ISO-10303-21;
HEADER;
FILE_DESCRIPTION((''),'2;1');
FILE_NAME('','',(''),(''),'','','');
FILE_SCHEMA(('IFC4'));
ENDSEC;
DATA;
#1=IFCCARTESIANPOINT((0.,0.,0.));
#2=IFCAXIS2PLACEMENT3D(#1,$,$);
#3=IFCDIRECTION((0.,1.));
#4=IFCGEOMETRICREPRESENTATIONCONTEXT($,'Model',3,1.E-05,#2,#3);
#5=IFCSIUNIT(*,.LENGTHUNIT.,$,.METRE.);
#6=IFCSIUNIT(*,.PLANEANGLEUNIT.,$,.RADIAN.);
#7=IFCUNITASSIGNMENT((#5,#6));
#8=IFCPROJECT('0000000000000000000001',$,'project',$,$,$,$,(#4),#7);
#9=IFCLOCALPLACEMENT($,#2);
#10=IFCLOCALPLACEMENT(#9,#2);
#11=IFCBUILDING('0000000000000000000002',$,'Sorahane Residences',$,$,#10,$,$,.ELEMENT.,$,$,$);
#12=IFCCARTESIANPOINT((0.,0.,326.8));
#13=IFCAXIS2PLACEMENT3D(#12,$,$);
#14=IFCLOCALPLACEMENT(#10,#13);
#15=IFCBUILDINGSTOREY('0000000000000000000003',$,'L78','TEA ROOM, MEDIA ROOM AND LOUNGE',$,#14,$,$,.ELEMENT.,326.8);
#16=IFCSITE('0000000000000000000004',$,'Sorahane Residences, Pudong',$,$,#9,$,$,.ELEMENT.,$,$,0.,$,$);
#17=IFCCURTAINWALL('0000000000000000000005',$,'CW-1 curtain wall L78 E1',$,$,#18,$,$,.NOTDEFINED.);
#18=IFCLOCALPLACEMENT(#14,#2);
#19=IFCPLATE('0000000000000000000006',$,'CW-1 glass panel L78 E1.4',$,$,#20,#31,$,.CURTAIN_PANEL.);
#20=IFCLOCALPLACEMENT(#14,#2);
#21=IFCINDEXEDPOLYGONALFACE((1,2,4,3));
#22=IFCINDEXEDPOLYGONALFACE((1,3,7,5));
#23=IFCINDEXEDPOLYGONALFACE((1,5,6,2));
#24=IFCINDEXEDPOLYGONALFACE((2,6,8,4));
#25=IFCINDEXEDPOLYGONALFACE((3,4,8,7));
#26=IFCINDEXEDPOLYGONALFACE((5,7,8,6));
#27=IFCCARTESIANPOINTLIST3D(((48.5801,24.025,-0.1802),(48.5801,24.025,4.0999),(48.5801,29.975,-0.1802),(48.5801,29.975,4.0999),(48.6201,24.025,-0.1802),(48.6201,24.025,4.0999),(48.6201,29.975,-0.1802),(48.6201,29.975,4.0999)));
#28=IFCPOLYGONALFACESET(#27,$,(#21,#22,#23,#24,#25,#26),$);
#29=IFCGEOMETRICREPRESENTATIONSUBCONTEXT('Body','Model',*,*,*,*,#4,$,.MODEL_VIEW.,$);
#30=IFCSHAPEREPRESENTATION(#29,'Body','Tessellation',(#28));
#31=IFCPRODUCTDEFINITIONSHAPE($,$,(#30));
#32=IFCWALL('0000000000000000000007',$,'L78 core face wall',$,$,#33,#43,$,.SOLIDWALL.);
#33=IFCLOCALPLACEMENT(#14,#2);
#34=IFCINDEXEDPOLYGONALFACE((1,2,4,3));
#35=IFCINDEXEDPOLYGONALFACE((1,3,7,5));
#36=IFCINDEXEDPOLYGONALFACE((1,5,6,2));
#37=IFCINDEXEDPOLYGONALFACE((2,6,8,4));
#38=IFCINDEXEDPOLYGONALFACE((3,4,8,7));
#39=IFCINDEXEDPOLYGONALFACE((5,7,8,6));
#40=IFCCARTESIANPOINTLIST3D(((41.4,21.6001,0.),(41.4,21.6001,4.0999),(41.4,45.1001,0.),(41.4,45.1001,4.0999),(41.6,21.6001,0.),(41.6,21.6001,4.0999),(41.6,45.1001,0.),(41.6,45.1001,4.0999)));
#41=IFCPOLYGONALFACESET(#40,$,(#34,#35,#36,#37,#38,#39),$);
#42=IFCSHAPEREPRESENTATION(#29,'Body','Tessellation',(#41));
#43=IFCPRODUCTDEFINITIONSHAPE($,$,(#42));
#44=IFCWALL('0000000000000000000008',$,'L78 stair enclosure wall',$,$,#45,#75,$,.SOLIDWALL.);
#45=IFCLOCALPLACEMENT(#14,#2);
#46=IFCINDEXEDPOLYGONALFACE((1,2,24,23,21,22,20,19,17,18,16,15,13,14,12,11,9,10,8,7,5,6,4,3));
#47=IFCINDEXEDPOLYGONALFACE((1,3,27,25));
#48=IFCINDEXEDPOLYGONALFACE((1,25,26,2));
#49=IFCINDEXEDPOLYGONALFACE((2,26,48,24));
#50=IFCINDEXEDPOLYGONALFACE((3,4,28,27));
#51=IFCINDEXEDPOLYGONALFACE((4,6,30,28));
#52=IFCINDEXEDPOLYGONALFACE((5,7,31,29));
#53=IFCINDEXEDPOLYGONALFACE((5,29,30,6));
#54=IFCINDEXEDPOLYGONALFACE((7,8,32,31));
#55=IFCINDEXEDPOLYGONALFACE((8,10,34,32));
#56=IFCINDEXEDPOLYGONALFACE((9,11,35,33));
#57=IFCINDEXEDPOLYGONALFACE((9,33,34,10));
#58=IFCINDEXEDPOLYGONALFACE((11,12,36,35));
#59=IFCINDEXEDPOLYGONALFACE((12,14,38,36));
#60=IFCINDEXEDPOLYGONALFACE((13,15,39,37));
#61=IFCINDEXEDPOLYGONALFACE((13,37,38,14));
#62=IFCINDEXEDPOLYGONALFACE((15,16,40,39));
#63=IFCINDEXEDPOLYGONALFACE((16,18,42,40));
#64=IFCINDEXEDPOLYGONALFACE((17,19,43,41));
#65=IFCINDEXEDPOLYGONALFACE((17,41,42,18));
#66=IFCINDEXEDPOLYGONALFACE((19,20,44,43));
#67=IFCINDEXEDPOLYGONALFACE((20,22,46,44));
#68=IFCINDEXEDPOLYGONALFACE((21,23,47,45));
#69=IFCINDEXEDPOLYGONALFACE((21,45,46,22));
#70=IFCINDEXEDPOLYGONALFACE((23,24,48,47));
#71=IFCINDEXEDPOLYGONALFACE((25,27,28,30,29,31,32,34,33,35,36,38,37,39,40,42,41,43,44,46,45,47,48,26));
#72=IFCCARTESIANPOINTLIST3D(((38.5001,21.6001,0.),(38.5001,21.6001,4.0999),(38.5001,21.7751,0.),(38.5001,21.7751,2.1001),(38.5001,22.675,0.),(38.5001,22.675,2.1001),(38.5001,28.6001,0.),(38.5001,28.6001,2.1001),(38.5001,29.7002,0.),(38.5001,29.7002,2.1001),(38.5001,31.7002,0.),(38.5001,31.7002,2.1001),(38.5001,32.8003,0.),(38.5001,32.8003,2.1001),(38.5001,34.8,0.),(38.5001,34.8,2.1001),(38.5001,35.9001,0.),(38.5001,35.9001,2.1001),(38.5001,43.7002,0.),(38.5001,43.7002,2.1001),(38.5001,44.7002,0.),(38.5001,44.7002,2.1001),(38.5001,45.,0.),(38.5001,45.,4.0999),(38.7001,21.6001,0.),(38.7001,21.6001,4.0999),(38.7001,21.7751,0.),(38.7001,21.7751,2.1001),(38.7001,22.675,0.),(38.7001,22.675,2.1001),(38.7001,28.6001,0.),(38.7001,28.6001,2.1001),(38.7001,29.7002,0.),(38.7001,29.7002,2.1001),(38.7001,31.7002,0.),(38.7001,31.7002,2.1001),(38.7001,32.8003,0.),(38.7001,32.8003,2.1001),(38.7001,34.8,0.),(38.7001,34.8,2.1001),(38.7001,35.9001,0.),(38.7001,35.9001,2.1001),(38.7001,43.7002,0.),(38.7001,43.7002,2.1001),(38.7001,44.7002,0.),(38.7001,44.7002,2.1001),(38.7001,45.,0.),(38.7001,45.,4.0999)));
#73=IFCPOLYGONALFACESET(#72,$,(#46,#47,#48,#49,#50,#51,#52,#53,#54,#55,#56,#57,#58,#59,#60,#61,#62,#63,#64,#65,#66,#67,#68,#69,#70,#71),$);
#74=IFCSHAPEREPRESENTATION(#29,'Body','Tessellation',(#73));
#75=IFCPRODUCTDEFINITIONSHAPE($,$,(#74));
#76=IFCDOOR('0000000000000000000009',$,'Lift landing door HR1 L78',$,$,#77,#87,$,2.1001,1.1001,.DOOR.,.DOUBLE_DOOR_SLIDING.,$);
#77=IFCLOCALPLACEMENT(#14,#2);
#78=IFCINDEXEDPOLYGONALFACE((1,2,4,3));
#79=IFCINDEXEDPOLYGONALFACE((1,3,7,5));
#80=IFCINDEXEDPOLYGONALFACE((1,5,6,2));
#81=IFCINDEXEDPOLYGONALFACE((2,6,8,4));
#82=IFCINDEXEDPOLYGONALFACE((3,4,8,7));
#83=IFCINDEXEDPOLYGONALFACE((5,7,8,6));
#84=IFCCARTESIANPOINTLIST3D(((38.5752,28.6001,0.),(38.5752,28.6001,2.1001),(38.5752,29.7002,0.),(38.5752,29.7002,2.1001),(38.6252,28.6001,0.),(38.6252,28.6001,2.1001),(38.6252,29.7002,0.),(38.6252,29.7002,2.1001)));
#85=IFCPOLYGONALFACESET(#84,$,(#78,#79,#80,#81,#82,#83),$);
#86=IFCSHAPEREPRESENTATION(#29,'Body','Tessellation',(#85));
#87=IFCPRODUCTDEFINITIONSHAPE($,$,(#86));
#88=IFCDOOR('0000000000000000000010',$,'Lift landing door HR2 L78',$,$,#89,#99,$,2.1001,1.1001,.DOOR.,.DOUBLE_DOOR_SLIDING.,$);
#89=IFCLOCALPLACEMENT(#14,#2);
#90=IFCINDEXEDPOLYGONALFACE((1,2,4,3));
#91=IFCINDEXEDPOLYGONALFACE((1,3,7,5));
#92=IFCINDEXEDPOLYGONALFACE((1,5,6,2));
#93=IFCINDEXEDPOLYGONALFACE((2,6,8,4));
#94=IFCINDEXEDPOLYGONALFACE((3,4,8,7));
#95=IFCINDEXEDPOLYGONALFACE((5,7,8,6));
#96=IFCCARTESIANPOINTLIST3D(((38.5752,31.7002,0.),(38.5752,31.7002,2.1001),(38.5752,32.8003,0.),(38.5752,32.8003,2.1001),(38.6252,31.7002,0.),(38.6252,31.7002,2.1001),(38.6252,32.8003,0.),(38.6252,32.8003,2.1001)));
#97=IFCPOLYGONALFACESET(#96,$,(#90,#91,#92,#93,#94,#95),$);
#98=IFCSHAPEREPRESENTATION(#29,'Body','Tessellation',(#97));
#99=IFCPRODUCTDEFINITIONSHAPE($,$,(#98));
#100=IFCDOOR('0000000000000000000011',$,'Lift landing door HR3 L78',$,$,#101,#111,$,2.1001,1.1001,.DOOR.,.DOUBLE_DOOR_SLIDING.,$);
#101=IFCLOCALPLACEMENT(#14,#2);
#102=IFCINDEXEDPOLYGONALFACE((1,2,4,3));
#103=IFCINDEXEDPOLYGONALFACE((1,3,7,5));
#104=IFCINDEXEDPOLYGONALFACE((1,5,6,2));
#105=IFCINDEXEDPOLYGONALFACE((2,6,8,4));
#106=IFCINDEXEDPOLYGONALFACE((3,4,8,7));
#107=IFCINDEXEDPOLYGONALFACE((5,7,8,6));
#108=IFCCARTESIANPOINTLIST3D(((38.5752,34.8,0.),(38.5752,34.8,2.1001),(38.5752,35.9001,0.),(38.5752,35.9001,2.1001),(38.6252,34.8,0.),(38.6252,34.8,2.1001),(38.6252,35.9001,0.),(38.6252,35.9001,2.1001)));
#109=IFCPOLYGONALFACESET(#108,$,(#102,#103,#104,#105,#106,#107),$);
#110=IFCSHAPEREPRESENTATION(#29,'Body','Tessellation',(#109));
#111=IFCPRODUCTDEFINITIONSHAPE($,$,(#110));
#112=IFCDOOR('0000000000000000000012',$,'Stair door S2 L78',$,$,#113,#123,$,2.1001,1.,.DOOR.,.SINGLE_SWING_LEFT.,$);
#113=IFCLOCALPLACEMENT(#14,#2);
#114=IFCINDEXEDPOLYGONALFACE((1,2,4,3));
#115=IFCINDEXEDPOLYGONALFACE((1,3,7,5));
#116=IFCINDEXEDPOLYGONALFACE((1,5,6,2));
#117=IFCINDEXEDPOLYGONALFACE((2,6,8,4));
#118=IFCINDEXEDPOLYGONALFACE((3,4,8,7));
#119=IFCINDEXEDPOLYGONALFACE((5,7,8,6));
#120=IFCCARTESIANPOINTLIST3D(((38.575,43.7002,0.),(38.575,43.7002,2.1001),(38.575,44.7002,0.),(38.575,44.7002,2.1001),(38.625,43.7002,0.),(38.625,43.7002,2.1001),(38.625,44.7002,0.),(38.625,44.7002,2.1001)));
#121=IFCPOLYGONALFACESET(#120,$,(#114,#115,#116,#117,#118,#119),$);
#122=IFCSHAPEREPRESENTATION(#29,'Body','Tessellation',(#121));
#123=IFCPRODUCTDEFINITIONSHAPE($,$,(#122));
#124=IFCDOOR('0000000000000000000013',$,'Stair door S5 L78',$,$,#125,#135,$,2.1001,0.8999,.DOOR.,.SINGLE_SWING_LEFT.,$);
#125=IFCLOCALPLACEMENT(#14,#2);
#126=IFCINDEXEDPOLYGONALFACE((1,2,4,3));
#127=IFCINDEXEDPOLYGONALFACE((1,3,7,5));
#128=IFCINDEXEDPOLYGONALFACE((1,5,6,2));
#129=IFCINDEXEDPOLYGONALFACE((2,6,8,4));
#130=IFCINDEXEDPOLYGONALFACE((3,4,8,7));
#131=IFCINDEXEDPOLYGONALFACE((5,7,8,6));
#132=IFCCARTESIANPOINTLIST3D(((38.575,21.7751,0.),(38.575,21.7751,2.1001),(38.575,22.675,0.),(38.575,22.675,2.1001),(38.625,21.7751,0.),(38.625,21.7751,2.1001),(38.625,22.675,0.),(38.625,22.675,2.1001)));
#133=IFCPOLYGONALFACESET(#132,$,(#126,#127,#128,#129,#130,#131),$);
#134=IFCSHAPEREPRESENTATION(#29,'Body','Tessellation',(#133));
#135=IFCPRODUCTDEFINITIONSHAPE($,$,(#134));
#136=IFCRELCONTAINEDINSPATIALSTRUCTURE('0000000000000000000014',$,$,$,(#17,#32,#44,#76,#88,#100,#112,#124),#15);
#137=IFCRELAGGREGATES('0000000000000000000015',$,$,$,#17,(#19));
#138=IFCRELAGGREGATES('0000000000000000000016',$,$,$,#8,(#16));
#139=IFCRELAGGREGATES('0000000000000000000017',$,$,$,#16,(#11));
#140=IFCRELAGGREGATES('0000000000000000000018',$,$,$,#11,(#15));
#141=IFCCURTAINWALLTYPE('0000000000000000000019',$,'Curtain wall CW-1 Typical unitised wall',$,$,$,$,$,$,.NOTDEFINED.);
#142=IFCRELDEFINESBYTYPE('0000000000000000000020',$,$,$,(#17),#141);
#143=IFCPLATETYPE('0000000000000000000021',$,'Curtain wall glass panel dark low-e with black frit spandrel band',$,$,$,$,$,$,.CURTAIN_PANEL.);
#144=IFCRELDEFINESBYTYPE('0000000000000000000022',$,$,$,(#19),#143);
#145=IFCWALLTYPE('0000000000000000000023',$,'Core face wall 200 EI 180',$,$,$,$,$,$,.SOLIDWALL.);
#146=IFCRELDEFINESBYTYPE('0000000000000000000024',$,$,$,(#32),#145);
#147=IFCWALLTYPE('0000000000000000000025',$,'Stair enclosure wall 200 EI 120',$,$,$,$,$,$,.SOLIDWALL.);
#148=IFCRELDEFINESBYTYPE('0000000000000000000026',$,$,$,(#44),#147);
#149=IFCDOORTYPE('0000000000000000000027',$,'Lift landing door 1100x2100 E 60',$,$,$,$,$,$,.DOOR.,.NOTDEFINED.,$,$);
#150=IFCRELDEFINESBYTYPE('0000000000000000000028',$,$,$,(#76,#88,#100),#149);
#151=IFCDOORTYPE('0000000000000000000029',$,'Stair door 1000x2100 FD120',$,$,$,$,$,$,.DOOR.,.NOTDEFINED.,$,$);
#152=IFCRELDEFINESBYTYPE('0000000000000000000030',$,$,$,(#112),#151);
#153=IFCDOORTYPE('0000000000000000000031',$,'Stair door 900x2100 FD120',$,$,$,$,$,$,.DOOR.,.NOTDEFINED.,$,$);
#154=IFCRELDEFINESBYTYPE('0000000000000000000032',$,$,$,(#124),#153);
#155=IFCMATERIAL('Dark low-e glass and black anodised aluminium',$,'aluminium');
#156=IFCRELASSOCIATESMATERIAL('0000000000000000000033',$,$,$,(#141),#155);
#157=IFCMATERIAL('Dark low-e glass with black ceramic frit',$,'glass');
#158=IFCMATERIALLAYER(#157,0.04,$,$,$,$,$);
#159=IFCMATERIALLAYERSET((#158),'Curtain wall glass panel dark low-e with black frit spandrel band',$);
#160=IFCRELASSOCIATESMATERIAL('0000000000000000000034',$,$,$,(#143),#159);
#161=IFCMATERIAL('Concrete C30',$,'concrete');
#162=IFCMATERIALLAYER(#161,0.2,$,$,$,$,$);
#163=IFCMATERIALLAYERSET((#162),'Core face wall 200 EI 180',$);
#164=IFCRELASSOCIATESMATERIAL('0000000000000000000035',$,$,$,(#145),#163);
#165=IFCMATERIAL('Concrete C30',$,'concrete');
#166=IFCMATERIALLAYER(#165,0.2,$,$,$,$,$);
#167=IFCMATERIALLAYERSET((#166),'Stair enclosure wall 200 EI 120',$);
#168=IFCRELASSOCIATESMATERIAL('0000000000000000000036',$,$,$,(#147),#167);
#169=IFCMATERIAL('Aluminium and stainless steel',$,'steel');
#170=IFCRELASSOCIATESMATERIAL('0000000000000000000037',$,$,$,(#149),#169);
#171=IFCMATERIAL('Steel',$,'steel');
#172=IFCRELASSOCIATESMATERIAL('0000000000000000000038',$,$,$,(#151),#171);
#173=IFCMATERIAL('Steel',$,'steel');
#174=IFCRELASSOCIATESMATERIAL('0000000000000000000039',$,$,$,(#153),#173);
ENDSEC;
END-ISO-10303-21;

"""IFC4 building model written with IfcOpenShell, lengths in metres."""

from ifc_helpers import new_model, si_unit, direction, frame, frame_2d, origin, origin_2d, place, context, subcontext, project, spatial, rectangle, extrude, material, layer, layer_set, type_object, element, fill, aggregate, save


model = new_model("IFC4")

# Units and contexts
model_context = context("Model", 3, precision=1e-05, world=origin(), true_north=direction((0.0, 1.0)))
body_context = subcontext(model_context, "Body", "Model", "MODEL_VIEW")
ifc_project = project(units=[si_unit("LENGTHUNIT", "METRE"), si_unit("PLANEANGLEUNIT", "RADIAN")], contexts=[model_context])

# Site, building, storey
site_placement = place(None, origin())
site = spatial("IfcSite", under=ifc_project, at=site_placement, Name="Sorahane Residences, Pudong", CompositionType="ELEMENT", RefElevation=0.0)
building_placement = place(site_placement, origin())
building = spatial("IfcBuilding", under=site, at=building_placement, Name="Sorahane Residences", CompositionType="ELEMENT")
storey_placement = place(building_placement, frame((0.0, 0.0, 326.8)))
storey = spatial("IfcBuildingStorey", under=building, at=storey_placement, Name="L78", Description="TEA ROOM, MEDIA ROOM AND LOUNGE", CompositionType="ELEMENT", Elevation=326.8)

# Curtain wall
ifc_material_1 = material(Name="Dark low-e glass and black anodised aluminium", Category="aluminium")
curtain_wall_type = type_object("IfcCurtainWallType", Name="Curtain wall CW-1 Typical unitised wall", PredefinedType="NOTDEFINED", material=ifc_material_1)
curtain_wall_placement = place(storey_placement, origin())
curtain_wall = element("IfcCurtainWall", 1, at=curtain_wall_placement, inside=storey, type_object=curtain_wall_type, Name="CW-1 curtain wall L78 E1", PredefinedType="NOTDEFINED")

# Plate
ifc_material_2 = material(Name="Dark low-e glass with black ceramic frit", Category="glass")
ifc_layer_1 = layer(ifc_material_2, 0.04)
ifc_layer_set_1 = layer_set([ifc_layer_1], Name="Curtain wall glass panel dark low-e with black frit spandrel band")
plate_type = type_object("IfcPlateType", Name="Curtain wall glass panel dark low-e with black frit spandrel band", PredefinedType="CURTAIN_PANEL", material=ifc_layer_set_1)
plate_placement = place(storey_placement, frame((48.6001, 27.0, -0.1802), z_axis=(0.0, 0.0, 1.0), x_axis=(0.0, 1.0, 0.0)))
plate = element("IfcPlate", 2, at=plate_placement, type_object=plate_type, Name="CW-1 glass panel L78 E1.4", PredefinedType="CURTAIN_PANEL", context=body_context, shape_type="SweptSolid", body=[
    extrude(rectangle(XDim=5.95, YDim=0.04, at=origin_2d()), origin(), (0.0, 0.0, 1.0), 4.28),
])
aggregate(curtain_wall, [plate])

# Wall
ifc_material_3 = material(Name="Concrete C30", Category="concrete")
ifc_layer_2 = layer(ifc_material_3, 0.2)
ifc_layer_set_2 = layer_set([ifc_layer_2], Name="Core face wall 200 EI 180")
wall_type_1 = type_object("IfcWallType", Name="Core face wall 200 EI 180", PredefinedType="SOLIDWALL", material=ifc_layer_set_2)
wall_1_placement = place(storey_placement, frame((41.5, 21.6001, 0.0), z_axis=(0.0, 0.0, 1.0), x_axis=(0.0, 1.0, 0.0)))
element("IfcWall", 3, at=wall_1_placement, inside=storey, type_object=wall_type_1, Name="L78 core face wall", PredefinedType="SOLIDWALL", context=body_context, shape_type="SweptSolid", body=[
    extrude(rectangle(XDim=23.5, YDim=0.2, at=frame_2d((11.75, 0.0))), origin(), (0.0, 0.0, 1.0), 4.0999),
])

# Wall, openings, doors
ifc_material_4 = material(Name="Concrete C30", Category="concrete")
ifc_layer_3 = layer(ifc_material_4, 0.2)
ifc_layer_set_3 = layer_set([ifc_layer_3], Name="Stair enclosure wall 200 EI 120")
wall_type_2 = type_object("IfcWallType", Name="Stair enclosure wall 200 EI 120", PredefinedType="SOLIDWALL", material=ifc_layer_set_3)
wall_2_placement = place(storey_placement, frame((38.6001, 21.6001, 0.0), z_axis=(0.0, 0.0, 1.0), x_axis=(0.0, 1.0, 0.0)))
wall_2 = element("IfcWall", 4, at=wall_2_placement, inside=storey, type_object=wall_type_2, Name="L78 stair enclosure wall", PredefinedType="SOLIDWALL", context=body_context, shape_type="SweptSolid", body=[
    extrude(rectangle(XDim=23.3999, YDim=0.2, at=frame_2d((11.7, 0.0))), origin(), (0.0, 0.0, 1.0), 4.0999),
])
opening_1_placement = place(wall_2_placement, frame((7.0, 0.0, 0.0)))
opening_1 = element("IfcOpeningElement", 5, at=opening_1_placement, cuts=wall_2, PredefinedType="OPENING", context=body_context, shape_type="SweptSolid", body=[
    extrude(rectangle(XDim=1.1001, YDim=2.1001, at=frame_2d((0.55, 1.05))), frame((0.0, 0.1099, 0.0), z_axis=(0.0, -1.0, 0.0), x_axis=(1.0, 0.0, 0.0)), (0.0, 0.0, 1.0), 0.22),
])
opening_2_placement = place(wall_2_placement, frame((10.1001, 0.0, 0.0)))
opening_2 = element("IfcOpeningElement", 6, at=opening_2_placement, cuts=wall_2, PredefinedType="OPENING", context=body_context, shape_type="SweptSolid", body=[
    extrude(rectangle(XDim=1.1001, YDim=2.1001, at=frame_2d((0.55, 1.05))), frame((0.0, 0.1099, 0.0), z_axis=(0.0, -1.0, 0.0), x_axis=(1.0, 0.0, 0.0)), (0.0, 0.0, 1.0), 0.22),
])
opening_3_placement = place(wall_2_placement, frame((13.2, 0.0, 0.0)))
opening_3 = element("IfcOpeningElement", 7, at=opening_3_placement, cuts=wall_2, PredefinedType="OPENING", context=body_context, shape_type="SweptSolid", body=[
    extrude(rectangle(XDim=1.1001, YDim=2.1001, at=frame_2d((0.55, 1.05))), frame((0.0, 0.1099, 0.0), z_axis=(0.0, -1.0, 0.0), x_axis=(1.0, 0.0, 0.0)), (0.0, 0.0, 1.0), 0.22),
])
opening_4_placement = place(wall_2_placement, frame((22.1001, 0.0, 0.0)))
opening_4 = element("IfcOpeningElement", 8, at=opening_4_placement, cuts=wall_2, PredefinedType="OPENING", context=body_context, shape_type="SweptSolid", body=[
    extrude(rectangle(XDim=1.0, YDim=2.1001, at=frame_2d((0.5, 1.05))), frame((0.0, 0.1099, 0.0), z_axis=(0.0, -1.0, 0.0), x_axis=(1.0, 0.0, 0.0)), (0.0, 0.0, 1.0), 0.22),
])
opening_5_placement = place(wall_2_placement, frame((0.175, 0.0, 0.0)))
opening_5 = element("IfcOpeningElement", 9, at=opening_5_placement, cuts=wall_2, PredefinedType="OPENING", context=body_context, shape_type="SweptSolid", body=[
    extrude(rectangle(XDim=0.8999, YDim=2.1001, at=frame_2d((0.45, 1.05))), frame((0.0, 0.1099, 0.0), z_axis=(0.0, -1.0, 0.0), x_axis=(1.0, 0.0, 0.0)), (0.0, 0.0, 1.0), 0.22),
])
ifc_material_5 = material(Name="Aluminium and stainless steel", Category="steel")
door_type_1 = type_object("IfcDoorType", Name="Lift landing door 1100x2100 E 60", OperationType="NOTDEFINED", PredefinedType="DOOR", material=ifc_material_5)
door_1_placement = place(opening_1_placement, origin())
door_1 = element("IfcDoor", 10, at=door_1_placement, inside=storey, type_object=door_type_1, Name="Lift landing door HR1 L78", OperationType="DOUBLE_DOOR_SLIDING", OverallHeight=2.1001, OverallWidth=1.1001, PredefinedType="DOOR", context=body_context, shape_type="SweptSolid", body=[
    extrude(rectangle(XDim=1.1001, YDim=2.1001, at=frame_2d((0.55, 1.05))), frame((0.0, 0.0249, 0.0), z_axis=(0.0, -1.0, 0.0), x_axis=(1.0, 0.0, 0.0)), (0.0, 0.0, 1.0), 0.05),
])
fill(opening_1, door_1)
door_2_placement = place(opening_2_placement, origin())
door_2 = element("IfcDoor", 11, at=door_2_placement, inside=storey, type_object=door_type_1, Name="Lift landing door HR2 L78", OperationType="DOUBLE_DOOR_SLIDING", OverallHeight=2.1001, OverallWidth=1.1001, PredefinedType="DOOR", context=body_context, shape_type="SweptSolid", body=[
    extrude(rectangle(XDim=1.1001, YDim=2.1001, at=frame_2d((0.55, 1.05))), frame((0.0, 0.0249, 0.0), z_axis=(0.0, -1.0, 0.0), x_axis=(1.0, 0.0, 0.0)), (0.0, 0.0, 1.0), 0.05),
])
fill(opening_2, door_2)
door_3_placement = place(opening_3_placement, origin())
door_3 = element("IfcDoor", 12, at=door_3_placement, inside=storey, type_object=door_type_1, Name="Lift landing door HR3 L78", OperationType="DOUBLE_DOOR_SLIDING", OverallHeight=2.1001, OverallWidth=1.1001, PredefinedType="DOOR", context=body_context, shape_type="SweptSolid", body=[
    extrude(rectangle(XDim=1.1001, YDim=2.1001, at=frame_2d((0.55, 1.05))), frame((0.0, 0.0249, 0.0), z_axis=(0.0, -1.0, 0.0), x_axis=(1.0, 0.0, 0.0)), (0.0, 0.0, 1.0), 0.05),
])
fill(opening_3, door_3)
ifc_material_6 = material(Name="Steel", Category="steel")
door_type_2 = type_object("IfcDoorType", Name="Stair door 1000x2100 FD120", OperationType="NOTDEFINED", PredefinedType="DOOR", material=ifc_material_6)
door_4_placement = place(opening_4_placement, frame((1.0, 0.0, 0.0), z_axis=(0.0, 0.0, 1.0), x_axis=(-1.0, 0.0, 0.0)))
door_4 = element("IfcDoor", 13, at=door_4_placement, inside=storey, type_object=door_type_2, Name="Stair door S2 L78", OperationType="SINGLE_SWING_LEFT", OverallHeight=2.1001, OverallWidth=1.0, PredefinedType="DOOR", context=body_context, shape_type="SweptSolid", body=[
    extrude(rectangle(XDim=1.0, YDim=2.1001, at=frame_2d((0.5, 1.05))), frame((0.0, 0.0249, 0.0), z_axis=(0.0, -1.0, 0.0), x_axis=(1.0, 0.0, 0.0)), (0.0, 0.0, 1.0), 0.05),
])
fill(opening_4, door_4)
ifc_material_7 = material(Name="Steel", Category="steel")
door_type_3 = type_object("IfcDoorType", Name="Stair door 900x2100 FD120", OperationType="NOTDEFINED", PredefinedType="DOOR", material=ifc_material_7)
door_5_placement = place(opening_5_placement, frame((0.8999, 0.0, 0.0), z_axis=(0.0, 0.0, 1.0), x_axis=(-1.0, 0.0, 0.0)))
door_5 = element("IfcDoor", 14, at=door_5_placement, inside=storey, type_object=door_type_3, Name="Stair door S5 L78", OperationType="SINGLE_SWING_LEFT", OverallHeight=2.1001, OverallWidth=0.8999, PredefinedType="DOOR", context=body_context, shape_type="SweptSolid", body=[
    extrude(rectangle(XDim=0.8999, YDim=2.1001, at=frame_2d((0.45, 1.05))), frame((0.0, 0.0249, 0.0), z_axis=(0.0, -1.0, 0.0), x_axis=(1.0, 0.0, 0.0)), (0.0, 0.0, 1.0), 0.05),
])
fill(opening_5, door_5)

save(model, "model.ifc")
